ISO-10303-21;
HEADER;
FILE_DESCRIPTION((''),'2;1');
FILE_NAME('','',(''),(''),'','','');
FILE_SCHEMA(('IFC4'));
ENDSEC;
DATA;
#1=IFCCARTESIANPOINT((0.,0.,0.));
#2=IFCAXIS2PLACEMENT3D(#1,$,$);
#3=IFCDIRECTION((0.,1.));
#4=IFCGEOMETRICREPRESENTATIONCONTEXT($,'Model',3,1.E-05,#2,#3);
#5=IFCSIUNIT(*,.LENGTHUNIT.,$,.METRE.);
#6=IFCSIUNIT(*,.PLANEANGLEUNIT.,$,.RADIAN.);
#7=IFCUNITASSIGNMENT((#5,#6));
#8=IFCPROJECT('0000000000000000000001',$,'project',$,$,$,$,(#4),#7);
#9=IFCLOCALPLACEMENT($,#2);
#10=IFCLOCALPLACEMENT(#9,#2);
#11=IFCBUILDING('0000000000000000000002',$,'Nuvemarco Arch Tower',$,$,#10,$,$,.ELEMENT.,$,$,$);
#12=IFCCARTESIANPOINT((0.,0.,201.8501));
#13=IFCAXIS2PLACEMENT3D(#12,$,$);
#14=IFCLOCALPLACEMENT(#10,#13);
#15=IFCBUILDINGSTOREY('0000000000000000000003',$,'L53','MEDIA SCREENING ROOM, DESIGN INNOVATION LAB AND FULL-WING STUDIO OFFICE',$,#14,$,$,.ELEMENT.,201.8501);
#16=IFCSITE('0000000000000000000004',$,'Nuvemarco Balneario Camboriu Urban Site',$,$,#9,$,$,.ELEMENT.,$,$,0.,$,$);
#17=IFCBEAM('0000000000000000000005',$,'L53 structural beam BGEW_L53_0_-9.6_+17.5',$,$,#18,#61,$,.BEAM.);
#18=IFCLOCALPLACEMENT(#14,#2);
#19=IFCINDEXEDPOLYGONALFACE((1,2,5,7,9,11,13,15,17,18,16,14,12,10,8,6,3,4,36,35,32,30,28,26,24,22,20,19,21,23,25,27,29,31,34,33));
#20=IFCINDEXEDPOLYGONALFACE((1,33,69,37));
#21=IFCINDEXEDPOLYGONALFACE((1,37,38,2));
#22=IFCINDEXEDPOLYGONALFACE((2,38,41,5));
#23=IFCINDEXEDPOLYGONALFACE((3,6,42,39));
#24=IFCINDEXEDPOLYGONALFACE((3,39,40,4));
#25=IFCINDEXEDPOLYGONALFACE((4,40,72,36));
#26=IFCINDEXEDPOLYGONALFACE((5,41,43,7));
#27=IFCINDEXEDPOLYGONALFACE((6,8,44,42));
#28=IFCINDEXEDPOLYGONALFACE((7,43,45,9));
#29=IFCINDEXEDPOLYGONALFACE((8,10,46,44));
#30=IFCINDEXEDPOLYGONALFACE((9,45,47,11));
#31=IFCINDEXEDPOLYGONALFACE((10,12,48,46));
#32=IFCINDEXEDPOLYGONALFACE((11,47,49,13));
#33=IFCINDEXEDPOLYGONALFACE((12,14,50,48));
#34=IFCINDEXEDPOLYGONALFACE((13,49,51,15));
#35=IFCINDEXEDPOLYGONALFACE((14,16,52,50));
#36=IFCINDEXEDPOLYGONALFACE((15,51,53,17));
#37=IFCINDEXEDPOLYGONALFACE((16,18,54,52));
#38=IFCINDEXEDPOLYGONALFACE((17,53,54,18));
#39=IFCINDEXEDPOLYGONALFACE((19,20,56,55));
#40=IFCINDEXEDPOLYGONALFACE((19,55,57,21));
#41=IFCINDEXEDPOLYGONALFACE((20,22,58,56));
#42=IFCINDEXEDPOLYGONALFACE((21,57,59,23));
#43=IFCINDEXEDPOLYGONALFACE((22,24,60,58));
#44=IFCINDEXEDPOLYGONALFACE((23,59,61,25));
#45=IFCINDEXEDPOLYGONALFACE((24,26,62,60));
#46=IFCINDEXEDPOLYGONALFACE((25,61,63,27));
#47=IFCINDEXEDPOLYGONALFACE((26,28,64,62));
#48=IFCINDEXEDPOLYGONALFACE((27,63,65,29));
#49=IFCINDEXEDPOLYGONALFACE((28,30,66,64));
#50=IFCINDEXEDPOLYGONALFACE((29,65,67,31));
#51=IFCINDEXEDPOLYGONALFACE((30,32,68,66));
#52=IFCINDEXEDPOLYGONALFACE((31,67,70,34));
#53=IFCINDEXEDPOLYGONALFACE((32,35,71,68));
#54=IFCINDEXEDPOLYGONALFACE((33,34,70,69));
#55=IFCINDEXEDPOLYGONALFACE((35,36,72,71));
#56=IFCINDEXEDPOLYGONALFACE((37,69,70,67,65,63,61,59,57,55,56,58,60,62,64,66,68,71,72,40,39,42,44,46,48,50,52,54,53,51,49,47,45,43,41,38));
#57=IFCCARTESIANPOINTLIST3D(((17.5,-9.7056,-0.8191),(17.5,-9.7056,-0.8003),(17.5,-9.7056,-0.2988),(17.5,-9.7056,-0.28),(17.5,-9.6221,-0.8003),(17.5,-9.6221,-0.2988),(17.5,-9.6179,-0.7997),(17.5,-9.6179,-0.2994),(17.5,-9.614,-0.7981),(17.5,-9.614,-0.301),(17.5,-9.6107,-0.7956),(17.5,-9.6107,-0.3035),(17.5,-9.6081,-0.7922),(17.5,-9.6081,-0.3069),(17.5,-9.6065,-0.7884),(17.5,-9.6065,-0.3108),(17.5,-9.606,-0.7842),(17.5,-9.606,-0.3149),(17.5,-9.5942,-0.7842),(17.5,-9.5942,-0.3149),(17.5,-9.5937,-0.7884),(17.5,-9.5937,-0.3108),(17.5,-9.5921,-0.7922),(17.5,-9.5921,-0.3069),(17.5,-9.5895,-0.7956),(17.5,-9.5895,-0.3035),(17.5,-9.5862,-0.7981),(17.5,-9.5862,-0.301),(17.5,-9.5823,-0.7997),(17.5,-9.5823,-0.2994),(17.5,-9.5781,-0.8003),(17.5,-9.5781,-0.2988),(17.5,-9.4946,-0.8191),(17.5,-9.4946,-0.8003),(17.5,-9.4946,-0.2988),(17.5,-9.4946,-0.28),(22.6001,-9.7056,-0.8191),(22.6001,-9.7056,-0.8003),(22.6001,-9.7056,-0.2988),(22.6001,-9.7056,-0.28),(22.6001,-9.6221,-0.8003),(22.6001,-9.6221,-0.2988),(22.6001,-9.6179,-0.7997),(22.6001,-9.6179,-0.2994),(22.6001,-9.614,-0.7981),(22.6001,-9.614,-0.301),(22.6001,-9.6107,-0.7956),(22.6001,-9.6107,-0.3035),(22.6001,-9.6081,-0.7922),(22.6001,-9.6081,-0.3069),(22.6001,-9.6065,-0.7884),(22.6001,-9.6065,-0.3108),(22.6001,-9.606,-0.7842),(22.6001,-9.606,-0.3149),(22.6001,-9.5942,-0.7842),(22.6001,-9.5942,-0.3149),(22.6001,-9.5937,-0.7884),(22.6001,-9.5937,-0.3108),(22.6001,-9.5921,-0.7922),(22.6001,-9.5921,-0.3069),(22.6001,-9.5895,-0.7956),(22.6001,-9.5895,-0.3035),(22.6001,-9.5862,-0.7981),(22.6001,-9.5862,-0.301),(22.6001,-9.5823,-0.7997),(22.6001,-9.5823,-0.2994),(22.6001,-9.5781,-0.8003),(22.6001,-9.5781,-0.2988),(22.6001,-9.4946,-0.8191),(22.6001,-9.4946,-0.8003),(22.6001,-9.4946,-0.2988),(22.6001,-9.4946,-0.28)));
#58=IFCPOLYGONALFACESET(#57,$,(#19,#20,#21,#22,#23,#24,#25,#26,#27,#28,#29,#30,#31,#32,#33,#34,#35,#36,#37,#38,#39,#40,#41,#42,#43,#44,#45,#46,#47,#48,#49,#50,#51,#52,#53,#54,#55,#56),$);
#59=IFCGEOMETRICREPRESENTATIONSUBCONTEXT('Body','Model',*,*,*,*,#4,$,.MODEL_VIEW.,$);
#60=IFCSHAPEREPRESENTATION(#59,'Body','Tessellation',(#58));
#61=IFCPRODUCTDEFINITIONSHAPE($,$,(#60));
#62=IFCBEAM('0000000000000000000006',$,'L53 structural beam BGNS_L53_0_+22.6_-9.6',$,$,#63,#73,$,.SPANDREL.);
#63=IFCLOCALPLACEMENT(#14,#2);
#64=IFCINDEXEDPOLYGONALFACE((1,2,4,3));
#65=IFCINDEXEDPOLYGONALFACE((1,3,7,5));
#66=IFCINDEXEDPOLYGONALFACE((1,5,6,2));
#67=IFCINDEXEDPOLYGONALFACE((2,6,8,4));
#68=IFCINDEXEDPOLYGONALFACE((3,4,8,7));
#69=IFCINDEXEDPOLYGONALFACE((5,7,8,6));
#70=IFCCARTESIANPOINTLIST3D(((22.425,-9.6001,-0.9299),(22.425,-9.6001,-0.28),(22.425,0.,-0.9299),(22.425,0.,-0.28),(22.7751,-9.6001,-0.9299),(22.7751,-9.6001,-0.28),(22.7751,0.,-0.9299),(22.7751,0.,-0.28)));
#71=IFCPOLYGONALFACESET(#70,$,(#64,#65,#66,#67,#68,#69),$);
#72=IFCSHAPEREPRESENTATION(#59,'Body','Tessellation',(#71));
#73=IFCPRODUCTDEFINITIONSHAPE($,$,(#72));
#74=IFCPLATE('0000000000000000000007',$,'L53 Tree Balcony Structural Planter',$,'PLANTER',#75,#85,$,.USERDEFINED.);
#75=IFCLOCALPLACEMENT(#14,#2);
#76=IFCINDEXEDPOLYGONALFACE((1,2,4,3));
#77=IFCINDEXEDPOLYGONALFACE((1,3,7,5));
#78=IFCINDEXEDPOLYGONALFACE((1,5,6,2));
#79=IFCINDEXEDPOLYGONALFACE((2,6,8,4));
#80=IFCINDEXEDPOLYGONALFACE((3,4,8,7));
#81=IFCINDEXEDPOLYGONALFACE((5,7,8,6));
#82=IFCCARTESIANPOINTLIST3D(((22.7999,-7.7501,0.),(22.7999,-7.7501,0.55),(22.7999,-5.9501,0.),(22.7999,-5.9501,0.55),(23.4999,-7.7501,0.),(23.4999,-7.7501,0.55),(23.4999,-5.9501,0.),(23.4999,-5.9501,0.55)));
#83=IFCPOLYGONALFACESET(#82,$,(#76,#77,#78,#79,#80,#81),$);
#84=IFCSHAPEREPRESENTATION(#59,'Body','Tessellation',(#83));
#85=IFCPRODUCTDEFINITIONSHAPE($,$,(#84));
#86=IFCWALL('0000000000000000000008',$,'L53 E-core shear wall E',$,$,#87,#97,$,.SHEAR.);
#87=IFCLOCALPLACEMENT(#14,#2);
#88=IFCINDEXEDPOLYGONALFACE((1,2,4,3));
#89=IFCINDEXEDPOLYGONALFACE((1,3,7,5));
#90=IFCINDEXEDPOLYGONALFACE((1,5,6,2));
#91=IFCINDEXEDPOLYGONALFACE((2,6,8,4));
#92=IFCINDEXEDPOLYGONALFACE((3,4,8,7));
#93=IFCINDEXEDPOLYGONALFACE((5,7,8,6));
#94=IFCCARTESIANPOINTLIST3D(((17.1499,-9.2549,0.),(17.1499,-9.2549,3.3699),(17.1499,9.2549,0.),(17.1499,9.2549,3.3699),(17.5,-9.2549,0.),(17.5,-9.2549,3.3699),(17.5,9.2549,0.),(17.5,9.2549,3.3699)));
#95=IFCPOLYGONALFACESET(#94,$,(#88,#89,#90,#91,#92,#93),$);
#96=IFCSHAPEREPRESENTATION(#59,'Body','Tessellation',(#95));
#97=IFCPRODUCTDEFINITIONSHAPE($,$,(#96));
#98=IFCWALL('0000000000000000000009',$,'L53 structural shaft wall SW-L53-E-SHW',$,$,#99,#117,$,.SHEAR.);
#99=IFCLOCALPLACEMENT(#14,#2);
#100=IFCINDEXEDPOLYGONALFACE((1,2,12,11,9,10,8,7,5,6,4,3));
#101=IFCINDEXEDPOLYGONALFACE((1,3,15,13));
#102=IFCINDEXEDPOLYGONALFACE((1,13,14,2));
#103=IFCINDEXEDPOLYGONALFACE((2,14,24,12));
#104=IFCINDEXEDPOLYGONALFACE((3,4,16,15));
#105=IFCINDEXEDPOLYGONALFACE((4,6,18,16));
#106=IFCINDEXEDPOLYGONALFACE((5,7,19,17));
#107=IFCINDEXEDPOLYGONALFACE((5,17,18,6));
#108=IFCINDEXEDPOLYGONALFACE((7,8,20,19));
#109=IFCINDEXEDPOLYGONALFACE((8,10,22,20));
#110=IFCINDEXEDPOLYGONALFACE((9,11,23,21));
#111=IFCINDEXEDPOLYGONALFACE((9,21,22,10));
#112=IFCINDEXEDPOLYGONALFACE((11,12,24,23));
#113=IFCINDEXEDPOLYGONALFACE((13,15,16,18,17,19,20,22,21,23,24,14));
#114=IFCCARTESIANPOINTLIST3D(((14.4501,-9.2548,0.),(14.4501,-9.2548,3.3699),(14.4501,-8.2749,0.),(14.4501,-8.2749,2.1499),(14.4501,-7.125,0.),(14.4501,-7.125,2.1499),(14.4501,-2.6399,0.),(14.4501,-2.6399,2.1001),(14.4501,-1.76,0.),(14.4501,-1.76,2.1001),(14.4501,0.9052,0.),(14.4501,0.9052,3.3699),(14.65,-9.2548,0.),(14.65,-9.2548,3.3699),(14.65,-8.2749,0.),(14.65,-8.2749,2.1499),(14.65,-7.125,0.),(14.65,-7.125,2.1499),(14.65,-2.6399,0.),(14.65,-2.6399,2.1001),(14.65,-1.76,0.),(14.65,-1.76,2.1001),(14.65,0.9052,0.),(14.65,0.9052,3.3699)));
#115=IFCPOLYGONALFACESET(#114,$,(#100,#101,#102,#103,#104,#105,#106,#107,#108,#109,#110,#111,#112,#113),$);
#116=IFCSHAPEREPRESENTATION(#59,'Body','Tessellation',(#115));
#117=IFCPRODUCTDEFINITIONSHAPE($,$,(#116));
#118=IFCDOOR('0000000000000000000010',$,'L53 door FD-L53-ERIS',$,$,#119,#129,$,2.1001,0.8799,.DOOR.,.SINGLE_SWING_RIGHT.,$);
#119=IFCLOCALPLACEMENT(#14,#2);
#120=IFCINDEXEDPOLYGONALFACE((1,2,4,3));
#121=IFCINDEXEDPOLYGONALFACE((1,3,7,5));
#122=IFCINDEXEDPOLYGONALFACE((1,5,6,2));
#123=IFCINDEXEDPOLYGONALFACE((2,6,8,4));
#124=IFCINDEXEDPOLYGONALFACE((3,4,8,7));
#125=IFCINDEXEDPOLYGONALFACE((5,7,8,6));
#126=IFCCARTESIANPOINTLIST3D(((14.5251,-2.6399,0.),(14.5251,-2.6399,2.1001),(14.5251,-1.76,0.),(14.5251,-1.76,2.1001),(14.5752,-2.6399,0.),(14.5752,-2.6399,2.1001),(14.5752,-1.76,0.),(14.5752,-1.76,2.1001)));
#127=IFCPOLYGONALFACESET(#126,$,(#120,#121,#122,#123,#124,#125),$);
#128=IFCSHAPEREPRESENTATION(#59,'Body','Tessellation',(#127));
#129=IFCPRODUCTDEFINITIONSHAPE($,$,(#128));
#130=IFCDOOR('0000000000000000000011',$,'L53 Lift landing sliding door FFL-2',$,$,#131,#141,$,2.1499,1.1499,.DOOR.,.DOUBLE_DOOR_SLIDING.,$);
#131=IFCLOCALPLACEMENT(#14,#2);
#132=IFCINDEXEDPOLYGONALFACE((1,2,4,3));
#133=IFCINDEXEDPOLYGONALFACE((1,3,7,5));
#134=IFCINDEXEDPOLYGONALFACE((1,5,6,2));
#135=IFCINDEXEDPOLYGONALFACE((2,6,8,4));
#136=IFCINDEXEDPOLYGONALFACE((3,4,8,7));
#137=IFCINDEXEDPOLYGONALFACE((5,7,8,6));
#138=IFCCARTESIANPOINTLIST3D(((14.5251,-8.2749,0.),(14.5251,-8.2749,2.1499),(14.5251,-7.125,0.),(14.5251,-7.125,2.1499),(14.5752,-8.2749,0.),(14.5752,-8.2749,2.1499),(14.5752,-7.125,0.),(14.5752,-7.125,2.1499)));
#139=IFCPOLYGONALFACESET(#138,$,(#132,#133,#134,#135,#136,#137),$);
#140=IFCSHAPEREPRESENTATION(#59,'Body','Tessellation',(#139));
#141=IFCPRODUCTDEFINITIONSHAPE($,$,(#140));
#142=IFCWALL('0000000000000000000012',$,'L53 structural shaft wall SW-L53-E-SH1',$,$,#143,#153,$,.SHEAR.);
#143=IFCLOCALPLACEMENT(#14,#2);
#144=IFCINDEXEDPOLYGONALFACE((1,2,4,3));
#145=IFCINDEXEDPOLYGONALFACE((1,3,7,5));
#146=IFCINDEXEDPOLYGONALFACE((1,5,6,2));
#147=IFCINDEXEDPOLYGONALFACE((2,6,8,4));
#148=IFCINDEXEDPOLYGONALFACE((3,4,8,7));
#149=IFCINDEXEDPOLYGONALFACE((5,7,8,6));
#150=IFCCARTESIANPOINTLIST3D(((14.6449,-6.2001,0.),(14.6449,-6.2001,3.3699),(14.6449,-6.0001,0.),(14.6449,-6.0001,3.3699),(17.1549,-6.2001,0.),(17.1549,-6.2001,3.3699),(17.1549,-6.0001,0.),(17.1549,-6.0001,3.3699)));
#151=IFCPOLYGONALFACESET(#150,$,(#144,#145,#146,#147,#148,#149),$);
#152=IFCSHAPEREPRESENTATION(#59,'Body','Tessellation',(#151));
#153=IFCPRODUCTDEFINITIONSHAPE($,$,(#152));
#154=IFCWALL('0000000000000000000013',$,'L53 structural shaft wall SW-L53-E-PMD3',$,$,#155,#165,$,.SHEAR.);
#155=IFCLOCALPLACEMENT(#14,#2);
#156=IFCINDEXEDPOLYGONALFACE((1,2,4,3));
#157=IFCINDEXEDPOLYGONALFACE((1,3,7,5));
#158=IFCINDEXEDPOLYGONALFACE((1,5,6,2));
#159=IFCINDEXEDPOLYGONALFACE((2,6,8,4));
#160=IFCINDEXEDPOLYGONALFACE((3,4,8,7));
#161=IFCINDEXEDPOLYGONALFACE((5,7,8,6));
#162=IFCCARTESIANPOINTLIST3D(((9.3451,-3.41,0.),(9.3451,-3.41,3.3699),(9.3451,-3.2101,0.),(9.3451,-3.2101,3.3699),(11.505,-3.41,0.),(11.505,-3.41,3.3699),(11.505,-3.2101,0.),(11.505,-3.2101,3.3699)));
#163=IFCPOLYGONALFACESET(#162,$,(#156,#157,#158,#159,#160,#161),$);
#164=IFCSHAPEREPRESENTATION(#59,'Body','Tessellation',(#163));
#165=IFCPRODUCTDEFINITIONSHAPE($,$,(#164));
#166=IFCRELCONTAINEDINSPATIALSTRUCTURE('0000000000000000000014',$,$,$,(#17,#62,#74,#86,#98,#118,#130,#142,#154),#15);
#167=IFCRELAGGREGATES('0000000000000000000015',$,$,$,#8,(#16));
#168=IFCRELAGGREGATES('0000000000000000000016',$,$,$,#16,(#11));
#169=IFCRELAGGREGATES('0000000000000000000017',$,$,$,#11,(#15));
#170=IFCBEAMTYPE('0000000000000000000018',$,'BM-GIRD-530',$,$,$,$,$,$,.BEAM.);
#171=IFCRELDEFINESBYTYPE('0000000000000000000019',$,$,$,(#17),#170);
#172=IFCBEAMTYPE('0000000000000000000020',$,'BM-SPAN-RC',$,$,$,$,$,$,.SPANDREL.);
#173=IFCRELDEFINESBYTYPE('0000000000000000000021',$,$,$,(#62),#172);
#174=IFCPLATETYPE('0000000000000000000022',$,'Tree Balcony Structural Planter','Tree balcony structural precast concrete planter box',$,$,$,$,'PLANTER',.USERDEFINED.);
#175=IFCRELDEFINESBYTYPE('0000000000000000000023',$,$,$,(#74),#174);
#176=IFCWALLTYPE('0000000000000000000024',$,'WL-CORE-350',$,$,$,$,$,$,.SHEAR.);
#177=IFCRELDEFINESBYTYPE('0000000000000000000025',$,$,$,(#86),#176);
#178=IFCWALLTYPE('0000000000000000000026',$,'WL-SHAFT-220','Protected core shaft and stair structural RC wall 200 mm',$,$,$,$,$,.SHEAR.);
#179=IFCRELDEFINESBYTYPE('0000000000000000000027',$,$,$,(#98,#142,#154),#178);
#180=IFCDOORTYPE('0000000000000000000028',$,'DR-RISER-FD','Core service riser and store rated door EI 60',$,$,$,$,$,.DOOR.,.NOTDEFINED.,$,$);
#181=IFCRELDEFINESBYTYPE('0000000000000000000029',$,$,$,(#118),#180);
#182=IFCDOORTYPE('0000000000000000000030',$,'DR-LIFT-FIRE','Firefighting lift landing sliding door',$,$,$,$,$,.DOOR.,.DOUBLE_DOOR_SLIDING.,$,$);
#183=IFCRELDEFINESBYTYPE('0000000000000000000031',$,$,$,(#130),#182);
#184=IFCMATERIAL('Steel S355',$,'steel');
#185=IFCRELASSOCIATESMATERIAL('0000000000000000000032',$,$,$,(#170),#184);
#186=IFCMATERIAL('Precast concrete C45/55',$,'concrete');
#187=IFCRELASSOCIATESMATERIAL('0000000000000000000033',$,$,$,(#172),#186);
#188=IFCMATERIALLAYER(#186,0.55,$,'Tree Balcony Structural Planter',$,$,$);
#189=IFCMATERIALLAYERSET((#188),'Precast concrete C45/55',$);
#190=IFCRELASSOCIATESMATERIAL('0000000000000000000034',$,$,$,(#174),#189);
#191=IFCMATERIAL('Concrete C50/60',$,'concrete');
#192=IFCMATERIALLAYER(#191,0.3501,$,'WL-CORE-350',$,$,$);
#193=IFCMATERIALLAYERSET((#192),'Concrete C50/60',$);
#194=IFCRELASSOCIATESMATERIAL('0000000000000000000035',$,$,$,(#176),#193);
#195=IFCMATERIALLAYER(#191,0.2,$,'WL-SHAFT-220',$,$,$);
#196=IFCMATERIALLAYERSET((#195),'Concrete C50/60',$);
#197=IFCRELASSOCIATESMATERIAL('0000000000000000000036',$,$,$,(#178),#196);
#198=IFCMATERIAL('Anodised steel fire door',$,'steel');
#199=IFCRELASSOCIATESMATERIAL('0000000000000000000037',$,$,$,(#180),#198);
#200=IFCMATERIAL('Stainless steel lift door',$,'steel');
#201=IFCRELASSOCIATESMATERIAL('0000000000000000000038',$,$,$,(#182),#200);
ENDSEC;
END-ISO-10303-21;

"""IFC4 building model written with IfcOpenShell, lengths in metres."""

from ifc_helpers import new_model, si_unit, direction, frame, frame_2d, origin, origin_2d, place, context, subcontext, project, spatial, rectangle, i_section, extrude, source, transform, mapped, material, layer, layer_set, material_profile, profile_set, type_object, type_shapes, element, fill, save


model = new_model("IFC4")

# Units and contexts
model_context = context("Model", 3, precision=1e-05, world=origin(), true_north=direction((0.0, 1.0)))
body_context = subcontext(model_context, "Body", "Model", "MODEL_VIEW")
ifc_project = project(units=[si_unit("LENGTHUNIT", "METRE"), si_unit("PLANEANGLEUNIT", "RADIAN")], contexts=[model_context])

# Site, building, storey
site_placement = place(None, origin())
site = spatial("IfcSite", under=ifc_project, at=site_placement, Name="Nuvemarco Balneario Camboriu Urban Site", CompositionType="ELEMENT", RefElevation=0.0)
building_placement = place(site_placement, origin())
building = spatial("IfcBuilding", under=site, at=building_placement, Name="Nuvemarco Arch Tower", CompositionType="ELEMENT")
storey_placement = place(building_placement, frame((0.0, 0.0, 201.8501)))
storey = spatial("IfcBuildingStorey", under=building, at=storey_placement, Name="L53", Description="MEDIA SCREENING ROOM, DESIGN INNOVATION LAB AND FULL-WING STUDIO OFFICE", CompositionType="ELEMENT", Elevation=201.8501)

# Shared definitions
ifc_material_1 = material(Name="Concrete C50/60", Category="concrete")
ifc_material_2 = material(Name="Steel S355", Category="steel")

# Beams
ifc_material_profile_1 = material_profile(ifc_material_2, i_section(OverallWidth=0.2109, OverallDepth=0.5391, WebThickness=0.0117, FlangeThickness=0.0188, FilletRadius=0.0161, at=origin_2d()), Name="W530x109")
ifc_profile_set_1 = profile_set([ifc_material_profile_1], Name="Steel S355")
beam_type_1 = type_object("IfcBeamType", Name="BM-GIRD-530", PredefinedType="BEAM", material=ifc_profile_set_1)
beam_1_placement = place(storey_placement, frame((17.5, -9.6001, -0.5496), z_axis=(1.0, 0.0, 0.0), x_axis=(0.0, 1.0, 0.0)))
element("IfcBeam", 1, at=beam_1_placement, inside=storey, type_object=beam_type_1, Name="L53 structural beam BGEW_L53_0_-9.6_+17.5", PredefinedType="BEAM", context=body_context, shape_type="SweptSolid", body=[
    extrude(i_section(OverallWidth=0.2109, OverallDepth=0.5391, WebThickness=0.0117, FlangeThickness=0.0188, FilletRadius=0.0161, at=origin_2d()), origin(), (0.0, 0.0, 1.0), 5.1001),
])
ifc_material_3 = material(Name="Precast concrete C45/55", Category="concrete")
ifc_material_profile_2 = material_profile(ifc_material_3, rectangle(XDim=0.3501, YDim=0.6499, at=origin_2d()), Name="PC-SP-350x650")
ifc_profile_set_2 = profile_set([ifc_material_profile_2], Name="Precast concrete C45/55")
beam_type_2 = type_object("IfcBeamType", Name="BM-SPAN-RC", PredefinedType="SPANDREL", material=ifc_profile_set_2)
beam_2_placement = place(storey_placement, frame((22.6001, -9.6001, -0.605), z_axis=(0.0, 1.0, 0.0), x_axis=(-1.0, 0.0, 0.0)))
element("IfcBeam", 2, at=beam_2_placement, inside=storey, type_object=beam_type_2, Name="L53 structural beam BGNS_L53_0_+22.6_-9.6", PredefinedType="SPANDREL", context=body_context, shape_type="SweptSolid", body=[
    extrude(rectangle(XDim=0.3501, YDim=0.6499, at=origin_2d()), origin(), (0.0, 0.0, 1.0), 9.6001),
])

# Plate
ifc_layer_1 = layer(ifc_material_3, 0.55, Name="Tree Balcony Structural Planter")
ifc_layer_set_1 = layer_set([ifc_layer_1], Name="Precast concrete C45/55")
plate_type = type_object("IfcPlateType", Name="Tree Balcony Structural Planter", Description="Tree balcony structural precast concrete planter box", ElementType="PLANTER", PredefinedType="USERDEFINED", material=ifc_layer_set_1)
shared_shape_1 = source(origin(), body_context, "Body", "SweptSolid", [
    extrude(rectangle(XDim=1.8, YDim=0.7, at=origin_2d()), origin(), (0.0, 0.0, 1.0), 0.55),
])
type_shapes(plate_type, [shared_shape_1])
plate_placement = place(storey_placement, frame((23.1499, -6.8501, 0.0), z_axis=(0.0, 0.0, 1.0), x_axis=(0.0, 1.0, 0.0)))
element("IfcPlate", 3, at=plate_placement, inside=storey, type_object=plate_type, Name="L53 Tree Balcony Structural Planter", ObjectType="PLANTER", PredefinedType="USERDEFINED", context=body_context, shape_type="MappedRepresentation", body=[
    mapped(shared_shape_1, transform((0.0, 0.0, 0.0), scale=1.0)),
])

# Wall
ifc_layer_2 = layer(ifc_material_1, 0.3501, Name="WL-CORE-350")
ifc_layer_set_2 = layer_set([ifc_layer_2], Name="Concrete C50/60")
wall_type_1 = type_object("IfcWallType", Name="WL-CORE-350", PredefinedType="SHEAR", material=ifc_layer_set_2)
wall_1_placement = place(storey_placement, frame((17.325, -9.2549, 0.0), z_axis=(0.0, 0.0, 1.0), x_axis=(0.0, 1.0, 0.0)))
element("IfcWall", 4, at=wall_1_placement, inside=storey, type_object=wall_type_1, Name="L53 E-core shear wall E", PredefinedType="SHEAR", context=body_context, shape_type="SweptSolid", body=[
    extrude(rectangle(XDim=18.5098, YDim=0.3501, at=frame_2d((9.2549, 0.0))), origin(), (0.0, 0.0, 1.0), 3.3699),
])

# Wall, openings, doors
ifc_layer_3 = layer(ifc_material_1, 0.2, Name="WL-SHAFT-220")
ifc_layer_set_3 = layer_set([ifc_layer_3], Name="Concrete C50/60")
wall_type_2 = type_object("IfcWallType", Name="WL-SHAFT-220", Description="Protected core shaft and stair structural RC wall 200 mm", PredefinedType="SHEAR", material=ifc_layer_set_3)
wall_2_placement = place(storey_placement, frame((14.55, -9.2549, 0.0), z_axis=(0.0, 0.0, 1.0), x_axis=(0.0, 1.0, 0.0)))
wall_2 = element("IfcWall", 5, at=wall_2_placement, inside=storey, type_object=wall_type_2, Name="L53 structural shaft wall SW-L53-E-SHW", PredefinedType="SHEAR", context=body_context, shape_type="SweptSolid", body=[
    extrude(rectangle(XDim=10.1599, YDim=0.2, at=frame_2d((5.0801, 0.0))), origin(), (0.0, 0.0, 1.0), 3.3699),
])
opening_1_placement = place(wall_2_placement, frame((6.615, 0.0, 0.0)))
opening_1 = element("IfcOpeningElement", 6, at=opening_1_placement, cuts=wall_2, PredefinedType="OPENING", context=body_context, shape_type="SweptSolid", body=[
    extrude(rectangle(XDim=0.8799, YDim=2.1001, at=frame_2d((0.4399, 1.05))), frame((0.0, 0.1099, 0.0), z_axis=(0.0, -1.0, 0.0), x_axis=(1.0, 0.0, 0.0)), (0.0, 0.0, 1.0), 0.22),
])
opening_2_placement = place(wall_2_placement, frame((0.98, 0.0, 0.0)))
opening_2 = element("IfcOpeningElement", 7, at=opening_2_placement, cuts=wall_2, PredefinedType="OPENING", context=body_context, shape_type="SweptSolid", body=[
    extrude(rectangle(XDim=1.1499, YDim=2.1499, at=frame_2d((0.575, 1.075))), frame((0.0, 0.1099, 0.0), z_axis=(0.0, -1.0, 0.0), x_axis=(1.0, 0.0, 0.0)), (0.0, 0.0, 1.0), 0.22),
])
ifc_material_4 = material(Name="Anodised steel fire door", Category="steel")
door_type_1 = type_object("IfcDoorType", Name="DR-RISER-FD", Description="Core service riser and store rated door EI 60", OperationType="NOTDEFINED", PredefinedType="DOOR", material=ifc_material_4)
shared_shape_2 = source(origin(), body_context, "Body", "SweptSolid", [
    extrude(rectangle(XDim=0.8799, YDim=2.1001, at=frame_2d((0.4399, 1.05))), frame((0.0, 0.0249, 0.0), z_axis=(0.0, -1.0, 0.0), x_axis=(1.0, 0.0, 0.0)), (0.0, 0.0, 1.0), 0.05),
])
type_shapes(door_type_1, [shared_shape_2])
door_1_placement = place(opening_1_placement, origin())
door_1 = element("IfcDoor", 8, at=door_1_placement, inside=storey, type_object=door_type_1, Name="L53 door FD-L53-ERIS", OperationType="SINGLE_SWING_RIGHT", OverallHeight=2.1001, OverallWidth=0.8799, PredefinedType="DOOR", context=body_context, shape_type="MappedRepresentation", body=[
    mapped(shared_shape_2, transform((0.0, 0.0, 0.0), scale=1.0)),
])
fill(opening_1, door_1)
ifc_material_5 = material(Name="Stainless steel lift door", Category="steel")
door_type_2 = type_object("IfcDoorType", Name="DR-LIFT-FIRE", Description="Firefighting lift landing sliding door", OperationType="DOUBLE_DOOR_SLIDING", PredefinedType="DOOR", material=ifc_material_5)
shared_shape_3 = source(origin(), body_context, "Body", "SweptSolid", [
    extrude(rectangle(XDim=1.1499, YDim=2.1499, at=frame_2d((0.575, 1.075))), frame((0.0, 0.0249, 0.0), z_axis=(0.0, -1.0, 0.0), x_axis=(1.0, 0.0, 0.0)), (0.0, 0.0, 1.0), 0.05),
])
type_shapes(door_type_2, [shared_shape_3])
door_2_placement = place(opening_2_placement, origin())
door_2 = element("IfcDoor", 9, at=door_2_placement, inside=storey, type_object=door_type_2, Name="L53 Lift landing sliding door FFL-2", OperationType="DOUBLE_DOOR_SLIDING", OverallHeight=2.1499, OverallWidth=1.1499, PredefinedType="DOOR", context=body_context, shape_type="MappedRepresentation", body=[
    mapped(shared_shape_3, transform((0.0, 0.0, 0.0), scale=1.0)),
])
fill(opening_2, door_2)

# Wall
wall_3_placement = place(storey_placement, frame((14.645, -6.1001, 0.0), z_axis=(0.0, 0.0, 1.0), x_axis=(1.0, 0.0, 0.0)))
element("IfcWall", 10, at=wall_3_placement, inside=storey, type_object=wall_type_2, Name="L53 structural shaft wall SW-L53-E-SH1", PredefinedType="SHEAR", context=body_context, shape_type="SweptSolid", body=[
    extrude(rectangle(XDim=2.51, YDim=0.2, at=frame_2d((1.2549, 0.0))), origin(), (0.0, 0.0, 1.0), 3.3699),
])

# Wall
for number, where, z_axis, x_axis, name in (
    (11, (9.345, -3.3101, 0.0), (0.0, 0.0, 1.0), (1.0, 0.0, 0.0), "L53 structural shaft wall SW-L53-E-PMD3"),
):
    element("IfcWall", number, at=place(storey_placement, frame(where, z_axis=z_axis, x_axis=x_axis)), inside=storey, type_object=wall_type_2, Name=name, PredefinedType="SHEAR", context=body_context, shape_type="SweptSolid", body=[
        extrude(rectangle(XDim=2.1599, YDim=0.2, at=frame_2d((1.0801, 0.0))), origin(), (0.0, 0.0, 1.0), 3.3699),
    ])

save(model, "model.ifc")
